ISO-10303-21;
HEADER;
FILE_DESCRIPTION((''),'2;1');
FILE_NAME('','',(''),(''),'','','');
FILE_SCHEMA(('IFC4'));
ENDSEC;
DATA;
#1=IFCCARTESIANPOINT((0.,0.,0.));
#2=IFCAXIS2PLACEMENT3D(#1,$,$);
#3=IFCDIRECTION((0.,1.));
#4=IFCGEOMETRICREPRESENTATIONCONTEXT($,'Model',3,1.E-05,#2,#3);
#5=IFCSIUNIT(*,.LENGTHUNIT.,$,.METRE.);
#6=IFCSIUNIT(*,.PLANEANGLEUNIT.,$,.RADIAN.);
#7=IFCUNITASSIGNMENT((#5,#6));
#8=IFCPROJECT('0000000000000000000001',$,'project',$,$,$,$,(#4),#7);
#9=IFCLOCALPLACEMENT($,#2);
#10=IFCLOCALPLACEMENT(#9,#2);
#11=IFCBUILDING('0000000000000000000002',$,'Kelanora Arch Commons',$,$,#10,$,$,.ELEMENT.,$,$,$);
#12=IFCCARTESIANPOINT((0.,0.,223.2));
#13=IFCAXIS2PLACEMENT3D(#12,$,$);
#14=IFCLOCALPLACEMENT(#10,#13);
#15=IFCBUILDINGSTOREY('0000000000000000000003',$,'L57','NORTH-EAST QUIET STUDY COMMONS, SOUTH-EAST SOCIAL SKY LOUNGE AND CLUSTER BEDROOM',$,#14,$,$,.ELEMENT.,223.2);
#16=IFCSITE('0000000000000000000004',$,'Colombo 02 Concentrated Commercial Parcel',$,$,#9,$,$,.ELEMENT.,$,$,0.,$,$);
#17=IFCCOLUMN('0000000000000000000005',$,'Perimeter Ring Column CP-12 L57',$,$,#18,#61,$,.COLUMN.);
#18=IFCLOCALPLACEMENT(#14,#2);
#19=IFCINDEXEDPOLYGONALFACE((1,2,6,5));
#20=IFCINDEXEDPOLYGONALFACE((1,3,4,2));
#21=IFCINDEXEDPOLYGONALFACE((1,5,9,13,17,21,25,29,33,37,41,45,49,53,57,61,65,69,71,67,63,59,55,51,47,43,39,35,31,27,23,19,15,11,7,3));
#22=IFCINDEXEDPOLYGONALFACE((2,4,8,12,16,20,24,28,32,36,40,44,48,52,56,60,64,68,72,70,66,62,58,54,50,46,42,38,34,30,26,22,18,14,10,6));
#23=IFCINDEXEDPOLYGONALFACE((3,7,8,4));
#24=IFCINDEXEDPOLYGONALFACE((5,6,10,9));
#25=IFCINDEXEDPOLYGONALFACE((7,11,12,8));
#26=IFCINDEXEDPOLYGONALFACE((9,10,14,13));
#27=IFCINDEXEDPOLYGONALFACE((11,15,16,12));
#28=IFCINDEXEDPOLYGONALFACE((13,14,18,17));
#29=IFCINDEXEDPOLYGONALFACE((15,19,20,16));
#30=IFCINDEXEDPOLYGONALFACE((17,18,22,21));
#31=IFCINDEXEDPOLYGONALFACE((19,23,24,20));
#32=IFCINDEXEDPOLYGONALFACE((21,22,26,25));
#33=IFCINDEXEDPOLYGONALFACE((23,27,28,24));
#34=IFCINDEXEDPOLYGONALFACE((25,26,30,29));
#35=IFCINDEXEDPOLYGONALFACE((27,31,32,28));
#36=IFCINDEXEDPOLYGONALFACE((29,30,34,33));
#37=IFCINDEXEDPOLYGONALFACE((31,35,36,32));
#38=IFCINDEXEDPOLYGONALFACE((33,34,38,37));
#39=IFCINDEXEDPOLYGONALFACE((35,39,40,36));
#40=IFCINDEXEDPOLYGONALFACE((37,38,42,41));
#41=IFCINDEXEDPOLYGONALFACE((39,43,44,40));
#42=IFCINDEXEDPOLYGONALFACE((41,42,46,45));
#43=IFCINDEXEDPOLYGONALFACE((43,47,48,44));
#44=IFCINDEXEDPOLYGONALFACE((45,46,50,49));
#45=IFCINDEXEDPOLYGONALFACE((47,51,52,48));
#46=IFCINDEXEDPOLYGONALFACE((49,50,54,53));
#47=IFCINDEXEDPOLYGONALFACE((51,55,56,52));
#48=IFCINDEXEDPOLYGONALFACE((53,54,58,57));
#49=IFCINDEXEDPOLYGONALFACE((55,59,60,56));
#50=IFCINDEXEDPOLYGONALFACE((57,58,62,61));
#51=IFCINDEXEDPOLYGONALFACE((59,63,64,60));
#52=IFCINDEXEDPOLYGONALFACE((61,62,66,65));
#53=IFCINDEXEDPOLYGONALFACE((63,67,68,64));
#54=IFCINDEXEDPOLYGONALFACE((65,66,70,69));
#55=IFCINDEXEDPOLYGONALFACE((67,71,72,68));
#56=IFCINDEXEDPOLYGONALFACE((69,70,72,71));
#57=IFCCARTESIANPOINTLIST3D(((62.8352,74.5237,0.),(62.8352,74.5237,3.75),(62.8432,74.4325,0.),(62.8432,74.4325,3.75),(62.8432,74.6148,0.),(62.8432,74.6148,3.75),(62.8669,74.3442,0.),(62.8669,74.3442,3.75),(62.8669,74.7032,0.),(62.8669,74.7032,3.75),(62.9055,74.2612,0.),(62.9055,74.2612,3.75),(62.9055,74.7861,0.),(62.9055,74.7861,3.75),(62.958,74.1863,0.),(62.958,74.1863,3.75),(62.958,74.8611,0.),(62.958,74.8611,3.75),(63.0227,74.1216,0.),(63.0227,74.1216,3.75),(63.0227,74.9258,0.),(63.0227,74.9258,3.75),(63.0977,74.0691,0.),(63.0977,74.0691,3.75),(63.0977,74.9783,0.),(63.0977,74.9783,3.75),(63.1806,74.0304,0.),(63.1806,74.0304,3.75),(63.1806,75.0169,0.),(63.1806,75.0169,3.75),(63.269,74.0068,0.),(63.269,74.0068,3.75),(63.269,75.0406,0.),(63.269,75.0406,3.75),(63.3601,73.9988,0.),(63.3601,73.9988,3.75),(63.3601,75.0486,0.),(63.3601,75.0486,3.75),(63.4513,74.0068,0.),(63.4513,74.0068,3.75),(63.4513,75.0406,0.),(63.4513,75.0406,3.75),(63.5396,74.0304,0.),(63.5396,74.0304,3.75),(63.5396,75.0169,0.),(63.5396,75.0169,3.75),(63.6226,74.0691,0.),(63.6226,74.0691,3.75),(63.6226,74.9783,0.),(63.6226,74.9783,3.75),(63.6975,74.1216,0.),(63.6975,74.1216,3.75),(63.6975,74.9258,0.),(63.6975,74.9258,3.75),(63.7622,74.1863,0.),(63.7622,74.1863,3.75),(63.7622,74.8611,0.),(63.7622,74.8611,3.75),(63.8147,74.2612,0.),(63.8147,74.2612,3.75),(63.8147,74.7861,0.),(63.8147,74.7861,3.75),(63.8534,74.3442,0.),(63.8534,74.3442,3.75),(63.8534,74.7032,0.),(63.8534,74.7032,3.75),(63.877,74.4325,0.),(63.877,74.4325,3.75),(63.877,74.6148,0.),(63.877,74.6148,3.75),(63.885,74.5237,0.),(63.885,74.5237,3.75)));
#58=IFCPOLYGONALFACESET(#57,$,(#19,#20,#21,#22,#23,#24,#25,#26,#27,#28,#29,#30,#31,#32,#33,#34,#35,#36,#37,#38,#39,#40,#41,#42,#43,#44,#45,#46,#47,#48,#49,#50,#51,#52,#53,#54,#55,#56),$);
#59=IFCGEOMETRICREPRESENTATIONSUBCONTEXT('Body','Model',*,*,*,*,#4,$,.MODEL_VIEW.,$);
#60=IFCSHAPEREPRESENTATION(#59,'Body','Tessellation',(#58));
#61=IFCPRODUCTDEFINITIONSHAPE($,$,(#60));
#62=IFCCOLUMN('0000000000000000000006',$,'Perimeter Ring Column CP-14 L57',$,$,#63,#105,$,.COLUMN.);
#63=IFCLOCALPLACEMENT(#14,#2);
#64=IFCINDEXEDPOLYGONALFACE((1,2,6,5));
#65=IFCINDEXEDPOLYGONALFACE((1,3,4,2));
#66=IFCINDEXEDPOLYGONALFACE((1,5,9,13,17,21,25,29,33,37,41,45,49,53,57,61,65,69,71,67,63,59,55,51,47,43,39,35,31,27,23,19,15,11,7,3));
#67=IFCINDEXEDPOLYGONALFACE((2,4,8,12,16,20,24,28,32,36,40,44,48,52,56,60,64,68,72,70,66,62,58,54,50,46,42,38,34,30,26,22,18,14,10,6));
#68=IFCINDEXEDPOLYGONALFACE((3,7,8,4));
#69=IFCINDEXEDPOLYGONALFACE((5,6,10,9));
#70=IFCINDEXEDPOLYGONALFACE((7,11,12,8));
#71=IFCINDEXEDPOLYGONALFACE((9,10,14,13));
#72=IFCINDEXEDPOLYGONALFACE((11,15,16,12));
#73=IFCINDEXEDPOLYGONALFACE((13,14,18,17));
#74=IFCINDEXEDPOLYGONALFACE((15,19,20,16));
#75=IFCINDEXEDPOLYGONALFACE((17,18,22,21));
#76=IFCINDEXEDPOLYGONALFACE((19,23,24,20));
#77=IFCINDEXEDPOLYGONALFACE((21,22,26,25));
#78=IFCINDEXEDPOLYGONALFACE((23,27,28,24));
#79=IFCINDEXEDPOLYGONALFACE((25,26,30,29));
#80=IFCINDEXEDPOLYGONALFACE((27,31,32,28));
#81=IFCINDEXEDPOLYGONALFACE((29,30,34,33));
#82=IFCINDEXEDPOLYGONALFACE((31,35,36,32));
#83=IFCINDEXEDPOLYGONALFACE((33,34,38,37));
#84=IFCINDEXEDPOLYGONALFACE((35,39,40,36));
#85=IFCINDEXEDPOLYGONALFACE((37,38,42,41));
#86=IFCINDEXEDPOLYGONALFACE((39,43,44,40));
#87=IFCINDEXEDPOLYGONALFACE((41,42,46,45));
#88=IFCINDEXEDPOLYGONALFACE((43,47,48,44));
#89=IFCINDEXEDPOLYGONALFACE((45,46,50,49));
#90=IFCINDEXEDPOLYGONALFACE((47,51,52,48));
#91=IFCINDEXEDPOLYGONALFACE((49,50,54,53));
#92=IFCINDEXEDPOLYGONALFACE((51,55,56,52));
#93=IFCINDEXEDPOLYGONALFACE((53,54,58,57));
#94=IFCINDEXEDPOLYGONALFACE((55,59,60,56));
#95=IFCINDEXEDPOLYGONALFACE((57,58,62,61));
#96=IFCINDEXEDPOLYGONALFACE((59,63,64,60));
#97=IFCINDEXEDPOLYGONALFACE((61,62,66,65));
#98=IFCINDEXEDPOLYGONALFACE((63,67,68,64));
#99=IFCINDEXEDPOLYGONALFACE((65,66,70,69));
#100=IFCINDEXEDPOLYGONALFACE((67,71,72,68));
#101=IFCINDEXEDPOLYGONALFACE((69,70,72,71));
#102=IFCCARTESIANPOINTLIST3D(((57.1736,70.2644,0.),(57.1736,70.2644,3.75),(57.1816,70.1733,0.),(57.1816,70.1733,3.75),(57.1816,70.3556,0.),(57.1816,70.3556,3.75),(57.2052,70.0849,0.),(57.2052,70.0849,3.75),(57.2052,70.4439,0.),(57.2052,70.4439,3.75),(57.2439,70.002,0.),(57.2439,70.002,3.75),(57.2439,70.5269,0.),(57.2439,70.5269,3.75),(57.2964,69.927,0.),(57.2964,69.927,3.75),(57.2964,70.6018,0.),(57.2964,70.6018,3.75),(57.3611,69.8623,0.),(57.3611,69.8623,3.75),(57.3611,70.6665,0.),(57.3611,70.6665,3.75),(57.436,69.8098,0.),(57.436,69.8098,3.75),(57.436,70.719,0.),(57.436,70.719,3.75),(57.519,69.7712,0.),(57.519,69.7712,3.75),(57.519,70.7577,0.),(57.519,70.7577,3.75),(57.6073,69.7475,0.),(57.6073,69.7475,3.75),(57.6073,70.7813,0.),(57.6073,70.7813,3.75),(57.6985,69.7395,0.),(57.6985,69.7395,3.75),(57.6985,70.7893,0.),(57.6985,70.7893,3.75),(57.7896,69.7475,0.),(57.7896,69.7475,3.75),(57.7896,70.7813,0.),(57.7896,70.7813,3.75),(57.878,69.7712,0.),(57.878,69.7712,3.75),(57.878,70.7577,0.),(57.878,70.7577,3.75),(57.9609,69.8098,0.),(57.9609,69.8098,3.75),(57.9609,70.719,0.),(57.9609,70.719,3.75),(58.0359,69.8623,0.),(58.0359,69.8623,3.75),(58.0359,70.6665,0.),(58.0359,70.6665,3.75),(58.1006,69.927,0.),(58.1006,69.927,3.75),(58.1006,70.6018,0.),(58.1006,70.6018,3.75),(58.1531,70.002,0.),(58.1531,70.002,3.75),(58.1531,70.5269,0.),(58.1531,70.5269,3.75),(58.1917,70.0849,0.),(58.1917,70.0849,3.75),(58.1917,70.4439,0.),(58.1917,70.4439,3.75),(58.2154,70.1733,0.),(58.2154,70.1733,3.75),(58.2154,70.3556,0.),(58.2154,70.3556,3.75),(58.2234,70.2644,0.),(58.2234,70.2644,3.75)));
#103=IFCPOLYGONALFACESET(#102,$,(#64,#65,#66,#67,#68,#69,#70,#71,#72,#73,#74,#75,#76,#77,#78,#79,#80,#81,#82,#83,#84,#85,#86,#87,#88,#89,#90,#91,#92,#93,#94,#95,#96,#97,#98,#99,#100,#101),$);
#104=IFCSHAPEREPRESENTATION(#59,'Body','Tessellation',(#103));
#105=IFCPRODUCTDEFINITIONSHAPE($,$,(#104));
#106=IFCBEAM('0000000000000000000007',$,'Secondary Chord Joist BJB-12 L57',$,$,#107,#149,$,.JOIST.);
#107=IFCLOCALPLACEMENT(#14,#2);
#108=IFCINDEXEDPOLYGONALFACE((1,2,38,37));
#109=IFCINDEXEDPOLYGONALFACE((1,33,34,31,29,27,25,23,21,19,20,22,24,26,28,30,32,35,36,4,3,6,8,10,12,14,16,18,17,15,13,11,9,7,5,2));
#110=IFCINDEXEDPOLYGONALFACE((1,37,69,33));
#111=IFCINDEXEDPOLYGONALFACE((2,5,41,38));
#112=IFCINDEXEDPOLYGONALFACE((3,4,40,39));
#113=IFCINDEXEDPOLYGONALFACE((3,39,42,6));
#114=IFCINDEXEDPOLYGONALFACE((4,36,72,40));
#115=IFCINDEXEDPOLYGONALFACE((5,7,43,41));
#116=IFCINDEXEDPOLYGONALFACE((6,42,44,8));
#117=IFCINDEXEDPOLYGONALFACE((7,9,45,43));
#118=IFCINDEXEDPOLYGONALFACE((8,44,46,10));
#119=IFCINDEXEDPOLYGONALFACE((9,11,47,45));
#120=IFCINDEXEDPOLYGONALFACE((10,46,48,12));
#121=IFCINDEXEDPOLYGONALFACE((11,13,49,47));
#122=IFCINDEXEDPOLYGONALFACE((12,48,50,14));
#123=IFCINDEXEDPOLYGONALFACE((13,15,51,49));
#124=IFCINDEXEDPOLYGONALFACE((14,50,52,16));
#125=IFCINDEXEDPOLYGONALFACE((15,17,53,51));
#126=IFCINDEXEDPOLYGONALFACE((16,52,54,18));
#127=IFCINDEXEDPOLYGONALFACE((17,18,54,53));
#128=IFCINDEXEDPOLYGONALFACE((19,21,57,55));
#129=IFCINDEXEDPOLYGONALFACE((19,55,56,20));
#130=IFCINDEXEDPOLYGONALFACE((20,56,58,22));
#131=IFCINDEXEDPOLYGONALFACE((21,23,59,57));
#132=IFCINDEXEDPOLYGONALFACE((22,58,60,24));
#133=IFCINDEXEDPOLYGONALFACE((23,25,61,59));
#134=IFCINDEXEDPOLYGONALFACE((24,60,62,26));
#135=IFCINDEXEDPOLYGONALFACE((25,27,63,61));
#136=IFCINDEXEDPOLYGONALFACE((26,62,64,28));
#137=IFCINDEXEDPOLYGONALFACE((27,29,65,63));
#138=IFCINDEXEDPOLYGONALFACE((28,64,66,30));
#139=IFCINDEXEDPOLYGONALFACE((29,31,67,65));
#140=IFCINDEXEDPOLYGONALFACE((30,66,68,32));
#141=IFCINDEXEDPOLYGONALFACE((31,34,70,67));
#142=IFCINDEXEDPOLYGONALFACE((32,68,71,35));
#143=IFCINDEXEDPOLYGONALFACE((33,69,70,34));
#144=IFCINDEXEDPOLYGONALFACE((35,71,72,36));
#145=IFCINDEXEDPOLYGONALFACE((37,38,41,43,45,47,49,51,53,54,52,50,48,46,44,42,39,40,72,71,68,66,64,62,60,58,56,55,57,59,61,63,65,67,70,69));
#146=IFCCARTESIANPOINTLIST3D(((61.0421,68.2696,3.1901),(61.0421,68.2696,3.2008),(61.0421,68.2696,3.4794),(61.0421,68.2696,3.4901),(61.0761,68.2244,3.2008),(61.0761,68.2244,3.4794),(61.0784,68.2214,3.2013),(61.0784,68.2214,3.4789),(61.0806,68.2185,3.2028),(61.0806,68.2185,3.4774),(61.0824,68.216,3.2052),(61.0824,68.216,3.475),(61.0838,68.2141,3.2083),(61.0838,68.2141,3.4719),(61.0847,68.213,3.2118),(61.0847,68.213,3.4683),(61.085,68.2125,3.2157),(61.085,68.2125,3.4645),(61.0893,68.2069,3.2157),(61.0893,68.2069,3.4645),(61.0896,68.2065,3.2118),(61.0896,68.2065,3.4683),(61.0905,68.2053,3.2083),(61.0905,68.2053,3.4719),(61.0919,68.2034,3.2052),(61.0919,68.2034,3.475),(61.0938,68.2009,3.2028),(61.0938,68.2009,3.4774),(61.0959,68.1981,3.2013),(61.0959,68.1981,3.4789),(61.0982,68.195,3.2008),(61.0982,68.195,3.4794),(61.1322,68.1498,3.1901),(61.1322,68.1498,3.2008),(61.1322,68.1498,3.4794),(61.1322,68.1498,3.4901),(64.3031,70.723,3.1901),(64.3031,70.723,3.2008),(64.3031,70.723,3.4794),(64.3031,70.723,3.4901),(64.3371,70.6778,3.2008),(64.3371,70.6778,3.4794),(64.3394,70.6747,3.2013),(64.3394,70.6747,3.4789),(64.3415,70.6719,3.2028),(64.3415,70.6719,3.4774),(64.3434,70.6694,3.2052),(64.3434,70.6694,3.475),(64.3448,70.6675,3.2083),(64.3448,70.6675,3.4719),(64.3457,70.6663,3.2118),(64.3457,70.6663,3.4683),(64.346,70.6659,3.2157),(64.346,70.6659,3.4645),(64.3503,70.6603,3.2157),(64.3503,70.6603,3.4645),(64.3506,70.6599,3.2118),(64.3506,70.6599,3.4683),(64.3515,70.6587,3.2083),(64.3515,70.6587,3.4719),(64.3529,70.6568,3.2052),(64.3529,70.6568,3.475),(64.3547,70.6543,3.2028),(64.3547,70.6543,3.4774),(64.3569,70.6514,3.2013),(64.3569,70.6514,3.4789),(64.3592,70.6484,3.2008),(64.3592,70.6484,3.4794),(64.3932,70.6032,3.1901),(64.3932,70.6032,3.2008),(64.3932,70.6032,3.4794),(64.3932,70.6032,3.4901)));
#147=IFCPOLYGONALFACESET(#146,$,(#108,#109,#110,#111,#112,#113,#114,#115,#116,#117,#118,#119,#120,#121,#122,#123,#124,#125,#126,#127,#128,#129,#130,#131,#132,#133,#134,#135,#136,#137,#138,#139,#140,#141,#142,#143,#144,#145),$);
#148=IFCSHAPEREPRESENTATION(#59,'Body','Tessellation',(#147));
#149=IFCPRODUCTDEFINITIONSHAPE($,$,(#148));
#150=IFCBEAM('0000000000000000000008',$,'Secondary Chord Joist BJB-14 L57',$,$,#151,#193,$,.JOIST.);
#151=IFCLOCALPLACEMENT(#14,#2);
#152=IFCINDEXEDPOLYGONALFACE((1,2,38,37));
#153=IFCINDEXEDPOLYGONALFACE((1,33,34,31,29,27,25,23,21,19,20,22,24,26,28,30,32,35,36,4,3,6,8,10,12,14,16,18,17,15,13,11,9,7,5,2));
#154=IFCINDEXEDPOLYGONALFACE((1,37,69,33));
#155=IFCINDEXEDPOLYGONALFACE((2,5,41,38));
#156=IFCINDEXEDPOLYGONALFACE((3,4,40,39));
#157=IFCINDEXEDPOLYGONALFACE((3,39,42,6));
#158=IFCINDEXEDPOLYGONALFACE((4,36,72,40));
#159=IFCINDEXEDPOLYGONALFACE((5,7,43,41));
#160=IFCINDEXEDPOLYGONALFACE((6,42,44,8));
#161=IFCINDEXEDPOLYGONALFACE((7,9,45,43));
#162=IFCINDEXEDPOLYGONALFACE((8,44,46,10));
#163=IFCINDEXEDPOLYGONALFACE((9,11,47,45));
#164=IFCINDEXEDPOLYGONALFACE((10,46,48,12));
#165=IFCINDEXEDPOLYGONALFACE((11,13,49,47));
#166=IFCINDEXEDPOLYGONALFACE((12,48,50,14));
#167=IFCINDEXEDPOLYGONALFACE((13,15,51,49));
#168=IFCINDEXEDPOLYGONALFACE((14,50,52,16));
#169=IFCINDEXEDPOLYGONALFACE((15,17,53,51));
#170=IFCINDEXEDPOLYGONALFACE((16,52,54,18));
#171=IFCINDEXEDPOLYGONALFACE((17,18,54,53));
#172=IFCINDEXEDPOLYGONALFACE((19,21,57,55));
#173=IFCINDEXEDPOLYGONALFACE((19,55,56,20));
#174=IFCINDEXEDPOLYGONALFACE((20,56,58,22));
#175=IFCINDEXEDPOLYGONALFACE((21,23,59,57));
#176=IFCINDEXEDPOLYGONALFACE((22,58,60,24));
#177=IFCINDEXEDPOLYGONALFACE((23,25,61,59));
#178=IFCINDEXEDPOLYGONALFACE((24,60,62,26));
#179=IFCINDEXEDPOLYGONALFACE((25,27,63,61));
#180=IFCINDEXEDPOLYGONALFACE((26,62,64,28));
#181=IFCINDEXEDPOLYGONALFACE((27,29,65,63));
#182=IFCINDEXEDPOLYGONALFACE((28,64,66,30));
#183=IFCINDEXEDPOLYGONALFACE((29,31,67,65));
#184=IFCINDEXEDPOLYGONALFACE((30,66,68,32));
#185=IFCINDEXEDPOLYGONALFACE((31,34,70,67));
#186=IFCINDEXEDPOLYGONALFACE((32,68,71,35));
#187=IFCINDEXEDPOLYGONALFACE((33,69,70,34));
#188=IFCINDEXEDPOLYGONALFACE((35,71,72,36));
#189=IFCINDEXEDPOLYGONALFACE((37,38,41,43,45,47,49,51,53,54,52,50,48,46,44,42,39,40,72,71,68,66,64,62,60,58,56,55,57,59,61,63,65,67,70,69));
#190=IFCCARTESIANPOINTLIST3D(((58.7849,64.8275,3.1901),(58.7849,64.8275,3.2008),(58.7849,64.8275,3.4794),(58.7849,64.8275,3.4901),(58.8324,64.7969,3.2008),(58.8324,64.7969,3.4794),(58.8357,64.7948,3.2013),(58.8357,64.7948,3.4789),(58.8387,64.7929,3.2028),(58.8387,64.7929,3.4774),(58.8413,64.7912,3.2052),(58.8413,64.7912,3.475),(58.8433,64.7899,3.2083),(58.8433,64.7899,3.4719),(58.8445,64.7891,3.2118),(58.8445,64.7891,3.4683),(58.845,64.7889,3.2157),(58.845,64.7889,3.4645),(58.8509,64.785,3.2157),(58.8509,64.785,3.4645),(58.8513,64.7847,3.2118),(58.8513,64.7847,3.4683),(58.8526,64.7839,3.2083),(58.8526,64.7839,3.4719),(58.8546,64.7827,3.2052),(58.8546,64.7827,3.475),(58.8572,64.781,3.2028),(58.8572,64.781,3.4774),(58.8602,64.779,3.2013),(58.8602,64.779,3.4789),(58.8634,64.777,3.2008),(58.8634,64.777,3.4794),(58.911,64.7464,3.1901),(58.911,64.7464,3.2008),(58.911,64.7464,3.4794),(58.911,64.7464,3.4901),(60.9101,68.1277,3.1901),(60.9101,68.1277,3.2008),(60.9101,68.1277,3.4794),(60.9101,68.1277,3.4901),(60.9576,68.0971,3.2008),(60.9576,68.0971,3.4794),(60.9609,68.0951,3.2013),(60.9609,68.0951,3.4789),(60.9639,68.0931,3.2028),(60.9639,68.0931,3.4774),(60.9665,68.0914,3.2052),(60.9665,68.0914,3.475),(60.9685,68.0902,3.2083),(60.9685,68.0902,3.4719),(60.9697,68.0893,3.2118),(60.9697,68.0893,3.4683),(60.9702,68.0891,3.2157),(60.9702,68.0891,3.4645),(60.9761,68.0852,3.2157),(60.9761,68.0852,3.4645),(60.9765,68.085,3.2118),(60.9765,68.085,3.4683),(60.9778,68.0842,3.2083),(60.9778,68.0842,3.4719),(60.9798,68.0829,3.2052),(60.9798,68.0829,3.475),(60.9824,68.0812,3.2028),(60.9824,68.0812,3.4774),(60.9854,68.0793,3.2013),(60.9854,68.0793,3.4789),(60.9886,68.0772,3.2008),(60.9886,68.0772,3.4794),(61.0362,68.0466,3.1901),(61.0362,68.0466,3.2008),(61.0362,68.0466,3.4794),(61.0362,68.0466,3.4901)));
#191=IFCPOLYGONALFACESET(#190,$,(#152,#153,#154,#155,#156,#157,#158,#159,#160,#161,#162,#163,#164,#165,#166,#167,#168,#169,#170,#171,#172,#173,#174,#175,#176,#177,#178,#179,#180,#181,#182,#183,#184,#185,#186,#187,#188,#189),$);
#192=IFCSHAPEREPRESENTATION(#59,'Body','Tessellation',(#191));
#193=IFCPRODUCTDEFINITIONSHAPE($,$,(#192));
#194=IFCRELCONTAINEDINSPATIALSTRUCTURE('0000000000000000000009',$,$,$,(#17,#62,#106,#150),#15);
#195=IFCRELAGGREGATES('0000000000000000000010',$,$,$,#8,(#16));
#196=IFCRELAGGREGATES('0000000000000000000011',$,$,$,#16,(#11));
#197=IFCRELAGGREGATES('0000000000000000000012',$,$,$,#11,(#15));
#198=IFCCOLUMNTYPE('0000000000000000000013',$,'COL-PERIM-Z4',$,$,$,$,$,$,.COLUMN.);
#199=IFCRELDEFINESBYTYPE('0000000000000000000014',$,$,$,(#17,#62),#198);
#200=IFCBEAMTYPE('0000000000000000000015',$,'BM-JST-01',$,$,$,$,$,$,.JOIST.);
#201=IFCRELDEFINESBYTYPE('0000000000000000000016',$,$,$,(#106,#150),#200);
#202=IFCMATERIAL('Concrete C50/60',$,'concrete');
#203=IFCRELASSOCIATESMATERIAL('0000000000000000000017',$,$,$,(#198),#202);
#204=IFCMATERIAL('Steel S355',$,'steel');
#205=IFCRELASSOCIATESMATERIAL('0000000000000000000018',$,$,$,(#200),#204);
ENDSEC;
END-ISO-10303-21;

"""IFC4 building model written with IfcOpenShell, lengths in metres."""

from ifc_helpers import new_model, si_unit, direction, frame, origin, origin_2d, place, context, subcontext, project, spatial, circle, i_section, extrude, material, material_profile, profile_set, type_object, element, save


model = new_model("IFC4")

# Units and contexts
model_context = context("Model", 3, precision=1e-05, world=origin(), true_north=direction((0.0, 1.0)))
body_context = subcontext(model_context, "Body", "Model", "MODEL_VIEW")
ifc_project = project(units=[si_unit("LENGTHUNIT", "METRE"), si_unit("PLANEANGLEUNIT", "RADIAN")], contexts=[model_context])

# Site, building, storey
site_placement = place(None, origin())
site = spatial("IfcSite", under=ifc_project, at=site_placement, Name="Colombo 02 Concentrated Commercial Parcel", CompositionType="ELEMENT", RefElevation=0.0)
building_placement = place(site_placement, origin())
building = spatial("IfcBuilding", under=site, at=building_placement, Name="Kelanora Arch Commons", CompositionType="ELEMENT")
storey_placement = place(building_placement, frame((0.0, 0.0, 223.2)))
storey = spatial("IfcBuildingStorey", under=building, at=storey_placement, Name="L57", Description="NORTH-EAST QUIET STUDY COMMONS, SOUTH-EAST SOCIAL SKY LOUNGE AND CLUSTER BEDROOM", CompositionType="ELEMENT", Elevation=223.2)

# Columns
ifc_material_1 = material(Name="Concrete C50/60", Category="concrete")
ifc_material_profile_1 = material_profile(ifc_material_1, circle(Radius=0.5249, at=origin_2d()), Name="RCC1050")
ifc_profile_set_1 = profile_set([ifc_material_profile_1], Name="Concrete C50/60")
column_type = type_object("IfcColumnType", Name="COL-PERIM-Z4", PredefinedType="COLUMN", material=ifc_profile_set_1)
for number, where, z_axis, x_axis, name in (
    (1, (63.3601, 74.5237, 0.0), (0.0, 0.0, 1.0), (1.0, 0.0, 0.0), "Perimeter Ring Column CP-12 L57"),
    (2, (57.6985, 70.2644, 0.0), (0.0, 0.0, 1.0), (1.0, 0.0, 0.0), "Perimeter Ring Column CP-14 L57"),
):
    element("IfcColumn", number, at=place(storey_placement, frame(where, z_axis=z_axis, x_axis=x_axis)), inside=storey, type_object=column_type, Name=name, PredefinedType="COLUMN", context=body_context, shape_type="SweptSolid", body=[
        extrude(circle(Radius=0.5249, at=origin_2d()), origin(), (0.0, 0.0, 1.0), 3.75),
    ])

# Beams
ifc_material_2 = material(Name="Steel S355", Category="steel")
ifc_material_profile_2 = material_profile(ifc_material_2, i_section(OverallWidth=0.1499, OverallDepth=0.3, WebThickness=0.0071, FlangeThickness=0.0107, FilletRadius=0.0149, at=origin_2d()), Name="IPE300")
ifc_profile_set_2 = profile_set([ifc_material_profile_2], Name="Steel S355")
beam_type_1 = type_object("IfcBeamType", Name="BM-JST-01", PredefinedType="JOIST", material=ifc_profile_set_2)
beam_1_placement = place(storey_placement, frame((64.3481, 70.6631, 3.3401), z_axis=(-0.799102, -0.601196, 0.0), x_axis=(0.601196, -0.799102, 0.0)))
element("IfcBeam", 3, at=beam_1_placement, inside=storey, type_object=beam_type_1, Name="Secondary Chord Joist BJB-12 L57", PredefinedType="JOIST", context=body_context, shape_type="SweptSolid", body=[
    extrude(i_section(OverallWidth=0.1499, OverallDepth=0.3, WebThickness=0.0071, FlangeThickness=0.0107, FilletRadius=0.0149, at=origin_2d()), origin(), (0.0, 0.0, 1.0), 4.0808),
])
beam_2_placement = place(storey_placement, frame((60.9731, 68.0872, 3.3401), z_axis=(-0.541411, -0.840758, 0.0), x_axis=(0.840758, -0.541411, 0.0)))
element("IfcBeam", 4, at=beam_2_placement, inside=storey, type_object=beam_type_1, Name="Secondary Chord Joist BJB-14 L57", PredefinedType="JOIST", context=body_context, shape_type="SweptSolid", body=[
    extrude(i_section(OverallWidth=0.1499, OverallDepth=0.3, WebThickness=0.0071, FlangeThickness=0.0107, FilletRadius=0.0149, at=origin_2d()), origin(), (0.0, 0.0, 1.0), 3.9253),
])

save(model, "model.ifc")
